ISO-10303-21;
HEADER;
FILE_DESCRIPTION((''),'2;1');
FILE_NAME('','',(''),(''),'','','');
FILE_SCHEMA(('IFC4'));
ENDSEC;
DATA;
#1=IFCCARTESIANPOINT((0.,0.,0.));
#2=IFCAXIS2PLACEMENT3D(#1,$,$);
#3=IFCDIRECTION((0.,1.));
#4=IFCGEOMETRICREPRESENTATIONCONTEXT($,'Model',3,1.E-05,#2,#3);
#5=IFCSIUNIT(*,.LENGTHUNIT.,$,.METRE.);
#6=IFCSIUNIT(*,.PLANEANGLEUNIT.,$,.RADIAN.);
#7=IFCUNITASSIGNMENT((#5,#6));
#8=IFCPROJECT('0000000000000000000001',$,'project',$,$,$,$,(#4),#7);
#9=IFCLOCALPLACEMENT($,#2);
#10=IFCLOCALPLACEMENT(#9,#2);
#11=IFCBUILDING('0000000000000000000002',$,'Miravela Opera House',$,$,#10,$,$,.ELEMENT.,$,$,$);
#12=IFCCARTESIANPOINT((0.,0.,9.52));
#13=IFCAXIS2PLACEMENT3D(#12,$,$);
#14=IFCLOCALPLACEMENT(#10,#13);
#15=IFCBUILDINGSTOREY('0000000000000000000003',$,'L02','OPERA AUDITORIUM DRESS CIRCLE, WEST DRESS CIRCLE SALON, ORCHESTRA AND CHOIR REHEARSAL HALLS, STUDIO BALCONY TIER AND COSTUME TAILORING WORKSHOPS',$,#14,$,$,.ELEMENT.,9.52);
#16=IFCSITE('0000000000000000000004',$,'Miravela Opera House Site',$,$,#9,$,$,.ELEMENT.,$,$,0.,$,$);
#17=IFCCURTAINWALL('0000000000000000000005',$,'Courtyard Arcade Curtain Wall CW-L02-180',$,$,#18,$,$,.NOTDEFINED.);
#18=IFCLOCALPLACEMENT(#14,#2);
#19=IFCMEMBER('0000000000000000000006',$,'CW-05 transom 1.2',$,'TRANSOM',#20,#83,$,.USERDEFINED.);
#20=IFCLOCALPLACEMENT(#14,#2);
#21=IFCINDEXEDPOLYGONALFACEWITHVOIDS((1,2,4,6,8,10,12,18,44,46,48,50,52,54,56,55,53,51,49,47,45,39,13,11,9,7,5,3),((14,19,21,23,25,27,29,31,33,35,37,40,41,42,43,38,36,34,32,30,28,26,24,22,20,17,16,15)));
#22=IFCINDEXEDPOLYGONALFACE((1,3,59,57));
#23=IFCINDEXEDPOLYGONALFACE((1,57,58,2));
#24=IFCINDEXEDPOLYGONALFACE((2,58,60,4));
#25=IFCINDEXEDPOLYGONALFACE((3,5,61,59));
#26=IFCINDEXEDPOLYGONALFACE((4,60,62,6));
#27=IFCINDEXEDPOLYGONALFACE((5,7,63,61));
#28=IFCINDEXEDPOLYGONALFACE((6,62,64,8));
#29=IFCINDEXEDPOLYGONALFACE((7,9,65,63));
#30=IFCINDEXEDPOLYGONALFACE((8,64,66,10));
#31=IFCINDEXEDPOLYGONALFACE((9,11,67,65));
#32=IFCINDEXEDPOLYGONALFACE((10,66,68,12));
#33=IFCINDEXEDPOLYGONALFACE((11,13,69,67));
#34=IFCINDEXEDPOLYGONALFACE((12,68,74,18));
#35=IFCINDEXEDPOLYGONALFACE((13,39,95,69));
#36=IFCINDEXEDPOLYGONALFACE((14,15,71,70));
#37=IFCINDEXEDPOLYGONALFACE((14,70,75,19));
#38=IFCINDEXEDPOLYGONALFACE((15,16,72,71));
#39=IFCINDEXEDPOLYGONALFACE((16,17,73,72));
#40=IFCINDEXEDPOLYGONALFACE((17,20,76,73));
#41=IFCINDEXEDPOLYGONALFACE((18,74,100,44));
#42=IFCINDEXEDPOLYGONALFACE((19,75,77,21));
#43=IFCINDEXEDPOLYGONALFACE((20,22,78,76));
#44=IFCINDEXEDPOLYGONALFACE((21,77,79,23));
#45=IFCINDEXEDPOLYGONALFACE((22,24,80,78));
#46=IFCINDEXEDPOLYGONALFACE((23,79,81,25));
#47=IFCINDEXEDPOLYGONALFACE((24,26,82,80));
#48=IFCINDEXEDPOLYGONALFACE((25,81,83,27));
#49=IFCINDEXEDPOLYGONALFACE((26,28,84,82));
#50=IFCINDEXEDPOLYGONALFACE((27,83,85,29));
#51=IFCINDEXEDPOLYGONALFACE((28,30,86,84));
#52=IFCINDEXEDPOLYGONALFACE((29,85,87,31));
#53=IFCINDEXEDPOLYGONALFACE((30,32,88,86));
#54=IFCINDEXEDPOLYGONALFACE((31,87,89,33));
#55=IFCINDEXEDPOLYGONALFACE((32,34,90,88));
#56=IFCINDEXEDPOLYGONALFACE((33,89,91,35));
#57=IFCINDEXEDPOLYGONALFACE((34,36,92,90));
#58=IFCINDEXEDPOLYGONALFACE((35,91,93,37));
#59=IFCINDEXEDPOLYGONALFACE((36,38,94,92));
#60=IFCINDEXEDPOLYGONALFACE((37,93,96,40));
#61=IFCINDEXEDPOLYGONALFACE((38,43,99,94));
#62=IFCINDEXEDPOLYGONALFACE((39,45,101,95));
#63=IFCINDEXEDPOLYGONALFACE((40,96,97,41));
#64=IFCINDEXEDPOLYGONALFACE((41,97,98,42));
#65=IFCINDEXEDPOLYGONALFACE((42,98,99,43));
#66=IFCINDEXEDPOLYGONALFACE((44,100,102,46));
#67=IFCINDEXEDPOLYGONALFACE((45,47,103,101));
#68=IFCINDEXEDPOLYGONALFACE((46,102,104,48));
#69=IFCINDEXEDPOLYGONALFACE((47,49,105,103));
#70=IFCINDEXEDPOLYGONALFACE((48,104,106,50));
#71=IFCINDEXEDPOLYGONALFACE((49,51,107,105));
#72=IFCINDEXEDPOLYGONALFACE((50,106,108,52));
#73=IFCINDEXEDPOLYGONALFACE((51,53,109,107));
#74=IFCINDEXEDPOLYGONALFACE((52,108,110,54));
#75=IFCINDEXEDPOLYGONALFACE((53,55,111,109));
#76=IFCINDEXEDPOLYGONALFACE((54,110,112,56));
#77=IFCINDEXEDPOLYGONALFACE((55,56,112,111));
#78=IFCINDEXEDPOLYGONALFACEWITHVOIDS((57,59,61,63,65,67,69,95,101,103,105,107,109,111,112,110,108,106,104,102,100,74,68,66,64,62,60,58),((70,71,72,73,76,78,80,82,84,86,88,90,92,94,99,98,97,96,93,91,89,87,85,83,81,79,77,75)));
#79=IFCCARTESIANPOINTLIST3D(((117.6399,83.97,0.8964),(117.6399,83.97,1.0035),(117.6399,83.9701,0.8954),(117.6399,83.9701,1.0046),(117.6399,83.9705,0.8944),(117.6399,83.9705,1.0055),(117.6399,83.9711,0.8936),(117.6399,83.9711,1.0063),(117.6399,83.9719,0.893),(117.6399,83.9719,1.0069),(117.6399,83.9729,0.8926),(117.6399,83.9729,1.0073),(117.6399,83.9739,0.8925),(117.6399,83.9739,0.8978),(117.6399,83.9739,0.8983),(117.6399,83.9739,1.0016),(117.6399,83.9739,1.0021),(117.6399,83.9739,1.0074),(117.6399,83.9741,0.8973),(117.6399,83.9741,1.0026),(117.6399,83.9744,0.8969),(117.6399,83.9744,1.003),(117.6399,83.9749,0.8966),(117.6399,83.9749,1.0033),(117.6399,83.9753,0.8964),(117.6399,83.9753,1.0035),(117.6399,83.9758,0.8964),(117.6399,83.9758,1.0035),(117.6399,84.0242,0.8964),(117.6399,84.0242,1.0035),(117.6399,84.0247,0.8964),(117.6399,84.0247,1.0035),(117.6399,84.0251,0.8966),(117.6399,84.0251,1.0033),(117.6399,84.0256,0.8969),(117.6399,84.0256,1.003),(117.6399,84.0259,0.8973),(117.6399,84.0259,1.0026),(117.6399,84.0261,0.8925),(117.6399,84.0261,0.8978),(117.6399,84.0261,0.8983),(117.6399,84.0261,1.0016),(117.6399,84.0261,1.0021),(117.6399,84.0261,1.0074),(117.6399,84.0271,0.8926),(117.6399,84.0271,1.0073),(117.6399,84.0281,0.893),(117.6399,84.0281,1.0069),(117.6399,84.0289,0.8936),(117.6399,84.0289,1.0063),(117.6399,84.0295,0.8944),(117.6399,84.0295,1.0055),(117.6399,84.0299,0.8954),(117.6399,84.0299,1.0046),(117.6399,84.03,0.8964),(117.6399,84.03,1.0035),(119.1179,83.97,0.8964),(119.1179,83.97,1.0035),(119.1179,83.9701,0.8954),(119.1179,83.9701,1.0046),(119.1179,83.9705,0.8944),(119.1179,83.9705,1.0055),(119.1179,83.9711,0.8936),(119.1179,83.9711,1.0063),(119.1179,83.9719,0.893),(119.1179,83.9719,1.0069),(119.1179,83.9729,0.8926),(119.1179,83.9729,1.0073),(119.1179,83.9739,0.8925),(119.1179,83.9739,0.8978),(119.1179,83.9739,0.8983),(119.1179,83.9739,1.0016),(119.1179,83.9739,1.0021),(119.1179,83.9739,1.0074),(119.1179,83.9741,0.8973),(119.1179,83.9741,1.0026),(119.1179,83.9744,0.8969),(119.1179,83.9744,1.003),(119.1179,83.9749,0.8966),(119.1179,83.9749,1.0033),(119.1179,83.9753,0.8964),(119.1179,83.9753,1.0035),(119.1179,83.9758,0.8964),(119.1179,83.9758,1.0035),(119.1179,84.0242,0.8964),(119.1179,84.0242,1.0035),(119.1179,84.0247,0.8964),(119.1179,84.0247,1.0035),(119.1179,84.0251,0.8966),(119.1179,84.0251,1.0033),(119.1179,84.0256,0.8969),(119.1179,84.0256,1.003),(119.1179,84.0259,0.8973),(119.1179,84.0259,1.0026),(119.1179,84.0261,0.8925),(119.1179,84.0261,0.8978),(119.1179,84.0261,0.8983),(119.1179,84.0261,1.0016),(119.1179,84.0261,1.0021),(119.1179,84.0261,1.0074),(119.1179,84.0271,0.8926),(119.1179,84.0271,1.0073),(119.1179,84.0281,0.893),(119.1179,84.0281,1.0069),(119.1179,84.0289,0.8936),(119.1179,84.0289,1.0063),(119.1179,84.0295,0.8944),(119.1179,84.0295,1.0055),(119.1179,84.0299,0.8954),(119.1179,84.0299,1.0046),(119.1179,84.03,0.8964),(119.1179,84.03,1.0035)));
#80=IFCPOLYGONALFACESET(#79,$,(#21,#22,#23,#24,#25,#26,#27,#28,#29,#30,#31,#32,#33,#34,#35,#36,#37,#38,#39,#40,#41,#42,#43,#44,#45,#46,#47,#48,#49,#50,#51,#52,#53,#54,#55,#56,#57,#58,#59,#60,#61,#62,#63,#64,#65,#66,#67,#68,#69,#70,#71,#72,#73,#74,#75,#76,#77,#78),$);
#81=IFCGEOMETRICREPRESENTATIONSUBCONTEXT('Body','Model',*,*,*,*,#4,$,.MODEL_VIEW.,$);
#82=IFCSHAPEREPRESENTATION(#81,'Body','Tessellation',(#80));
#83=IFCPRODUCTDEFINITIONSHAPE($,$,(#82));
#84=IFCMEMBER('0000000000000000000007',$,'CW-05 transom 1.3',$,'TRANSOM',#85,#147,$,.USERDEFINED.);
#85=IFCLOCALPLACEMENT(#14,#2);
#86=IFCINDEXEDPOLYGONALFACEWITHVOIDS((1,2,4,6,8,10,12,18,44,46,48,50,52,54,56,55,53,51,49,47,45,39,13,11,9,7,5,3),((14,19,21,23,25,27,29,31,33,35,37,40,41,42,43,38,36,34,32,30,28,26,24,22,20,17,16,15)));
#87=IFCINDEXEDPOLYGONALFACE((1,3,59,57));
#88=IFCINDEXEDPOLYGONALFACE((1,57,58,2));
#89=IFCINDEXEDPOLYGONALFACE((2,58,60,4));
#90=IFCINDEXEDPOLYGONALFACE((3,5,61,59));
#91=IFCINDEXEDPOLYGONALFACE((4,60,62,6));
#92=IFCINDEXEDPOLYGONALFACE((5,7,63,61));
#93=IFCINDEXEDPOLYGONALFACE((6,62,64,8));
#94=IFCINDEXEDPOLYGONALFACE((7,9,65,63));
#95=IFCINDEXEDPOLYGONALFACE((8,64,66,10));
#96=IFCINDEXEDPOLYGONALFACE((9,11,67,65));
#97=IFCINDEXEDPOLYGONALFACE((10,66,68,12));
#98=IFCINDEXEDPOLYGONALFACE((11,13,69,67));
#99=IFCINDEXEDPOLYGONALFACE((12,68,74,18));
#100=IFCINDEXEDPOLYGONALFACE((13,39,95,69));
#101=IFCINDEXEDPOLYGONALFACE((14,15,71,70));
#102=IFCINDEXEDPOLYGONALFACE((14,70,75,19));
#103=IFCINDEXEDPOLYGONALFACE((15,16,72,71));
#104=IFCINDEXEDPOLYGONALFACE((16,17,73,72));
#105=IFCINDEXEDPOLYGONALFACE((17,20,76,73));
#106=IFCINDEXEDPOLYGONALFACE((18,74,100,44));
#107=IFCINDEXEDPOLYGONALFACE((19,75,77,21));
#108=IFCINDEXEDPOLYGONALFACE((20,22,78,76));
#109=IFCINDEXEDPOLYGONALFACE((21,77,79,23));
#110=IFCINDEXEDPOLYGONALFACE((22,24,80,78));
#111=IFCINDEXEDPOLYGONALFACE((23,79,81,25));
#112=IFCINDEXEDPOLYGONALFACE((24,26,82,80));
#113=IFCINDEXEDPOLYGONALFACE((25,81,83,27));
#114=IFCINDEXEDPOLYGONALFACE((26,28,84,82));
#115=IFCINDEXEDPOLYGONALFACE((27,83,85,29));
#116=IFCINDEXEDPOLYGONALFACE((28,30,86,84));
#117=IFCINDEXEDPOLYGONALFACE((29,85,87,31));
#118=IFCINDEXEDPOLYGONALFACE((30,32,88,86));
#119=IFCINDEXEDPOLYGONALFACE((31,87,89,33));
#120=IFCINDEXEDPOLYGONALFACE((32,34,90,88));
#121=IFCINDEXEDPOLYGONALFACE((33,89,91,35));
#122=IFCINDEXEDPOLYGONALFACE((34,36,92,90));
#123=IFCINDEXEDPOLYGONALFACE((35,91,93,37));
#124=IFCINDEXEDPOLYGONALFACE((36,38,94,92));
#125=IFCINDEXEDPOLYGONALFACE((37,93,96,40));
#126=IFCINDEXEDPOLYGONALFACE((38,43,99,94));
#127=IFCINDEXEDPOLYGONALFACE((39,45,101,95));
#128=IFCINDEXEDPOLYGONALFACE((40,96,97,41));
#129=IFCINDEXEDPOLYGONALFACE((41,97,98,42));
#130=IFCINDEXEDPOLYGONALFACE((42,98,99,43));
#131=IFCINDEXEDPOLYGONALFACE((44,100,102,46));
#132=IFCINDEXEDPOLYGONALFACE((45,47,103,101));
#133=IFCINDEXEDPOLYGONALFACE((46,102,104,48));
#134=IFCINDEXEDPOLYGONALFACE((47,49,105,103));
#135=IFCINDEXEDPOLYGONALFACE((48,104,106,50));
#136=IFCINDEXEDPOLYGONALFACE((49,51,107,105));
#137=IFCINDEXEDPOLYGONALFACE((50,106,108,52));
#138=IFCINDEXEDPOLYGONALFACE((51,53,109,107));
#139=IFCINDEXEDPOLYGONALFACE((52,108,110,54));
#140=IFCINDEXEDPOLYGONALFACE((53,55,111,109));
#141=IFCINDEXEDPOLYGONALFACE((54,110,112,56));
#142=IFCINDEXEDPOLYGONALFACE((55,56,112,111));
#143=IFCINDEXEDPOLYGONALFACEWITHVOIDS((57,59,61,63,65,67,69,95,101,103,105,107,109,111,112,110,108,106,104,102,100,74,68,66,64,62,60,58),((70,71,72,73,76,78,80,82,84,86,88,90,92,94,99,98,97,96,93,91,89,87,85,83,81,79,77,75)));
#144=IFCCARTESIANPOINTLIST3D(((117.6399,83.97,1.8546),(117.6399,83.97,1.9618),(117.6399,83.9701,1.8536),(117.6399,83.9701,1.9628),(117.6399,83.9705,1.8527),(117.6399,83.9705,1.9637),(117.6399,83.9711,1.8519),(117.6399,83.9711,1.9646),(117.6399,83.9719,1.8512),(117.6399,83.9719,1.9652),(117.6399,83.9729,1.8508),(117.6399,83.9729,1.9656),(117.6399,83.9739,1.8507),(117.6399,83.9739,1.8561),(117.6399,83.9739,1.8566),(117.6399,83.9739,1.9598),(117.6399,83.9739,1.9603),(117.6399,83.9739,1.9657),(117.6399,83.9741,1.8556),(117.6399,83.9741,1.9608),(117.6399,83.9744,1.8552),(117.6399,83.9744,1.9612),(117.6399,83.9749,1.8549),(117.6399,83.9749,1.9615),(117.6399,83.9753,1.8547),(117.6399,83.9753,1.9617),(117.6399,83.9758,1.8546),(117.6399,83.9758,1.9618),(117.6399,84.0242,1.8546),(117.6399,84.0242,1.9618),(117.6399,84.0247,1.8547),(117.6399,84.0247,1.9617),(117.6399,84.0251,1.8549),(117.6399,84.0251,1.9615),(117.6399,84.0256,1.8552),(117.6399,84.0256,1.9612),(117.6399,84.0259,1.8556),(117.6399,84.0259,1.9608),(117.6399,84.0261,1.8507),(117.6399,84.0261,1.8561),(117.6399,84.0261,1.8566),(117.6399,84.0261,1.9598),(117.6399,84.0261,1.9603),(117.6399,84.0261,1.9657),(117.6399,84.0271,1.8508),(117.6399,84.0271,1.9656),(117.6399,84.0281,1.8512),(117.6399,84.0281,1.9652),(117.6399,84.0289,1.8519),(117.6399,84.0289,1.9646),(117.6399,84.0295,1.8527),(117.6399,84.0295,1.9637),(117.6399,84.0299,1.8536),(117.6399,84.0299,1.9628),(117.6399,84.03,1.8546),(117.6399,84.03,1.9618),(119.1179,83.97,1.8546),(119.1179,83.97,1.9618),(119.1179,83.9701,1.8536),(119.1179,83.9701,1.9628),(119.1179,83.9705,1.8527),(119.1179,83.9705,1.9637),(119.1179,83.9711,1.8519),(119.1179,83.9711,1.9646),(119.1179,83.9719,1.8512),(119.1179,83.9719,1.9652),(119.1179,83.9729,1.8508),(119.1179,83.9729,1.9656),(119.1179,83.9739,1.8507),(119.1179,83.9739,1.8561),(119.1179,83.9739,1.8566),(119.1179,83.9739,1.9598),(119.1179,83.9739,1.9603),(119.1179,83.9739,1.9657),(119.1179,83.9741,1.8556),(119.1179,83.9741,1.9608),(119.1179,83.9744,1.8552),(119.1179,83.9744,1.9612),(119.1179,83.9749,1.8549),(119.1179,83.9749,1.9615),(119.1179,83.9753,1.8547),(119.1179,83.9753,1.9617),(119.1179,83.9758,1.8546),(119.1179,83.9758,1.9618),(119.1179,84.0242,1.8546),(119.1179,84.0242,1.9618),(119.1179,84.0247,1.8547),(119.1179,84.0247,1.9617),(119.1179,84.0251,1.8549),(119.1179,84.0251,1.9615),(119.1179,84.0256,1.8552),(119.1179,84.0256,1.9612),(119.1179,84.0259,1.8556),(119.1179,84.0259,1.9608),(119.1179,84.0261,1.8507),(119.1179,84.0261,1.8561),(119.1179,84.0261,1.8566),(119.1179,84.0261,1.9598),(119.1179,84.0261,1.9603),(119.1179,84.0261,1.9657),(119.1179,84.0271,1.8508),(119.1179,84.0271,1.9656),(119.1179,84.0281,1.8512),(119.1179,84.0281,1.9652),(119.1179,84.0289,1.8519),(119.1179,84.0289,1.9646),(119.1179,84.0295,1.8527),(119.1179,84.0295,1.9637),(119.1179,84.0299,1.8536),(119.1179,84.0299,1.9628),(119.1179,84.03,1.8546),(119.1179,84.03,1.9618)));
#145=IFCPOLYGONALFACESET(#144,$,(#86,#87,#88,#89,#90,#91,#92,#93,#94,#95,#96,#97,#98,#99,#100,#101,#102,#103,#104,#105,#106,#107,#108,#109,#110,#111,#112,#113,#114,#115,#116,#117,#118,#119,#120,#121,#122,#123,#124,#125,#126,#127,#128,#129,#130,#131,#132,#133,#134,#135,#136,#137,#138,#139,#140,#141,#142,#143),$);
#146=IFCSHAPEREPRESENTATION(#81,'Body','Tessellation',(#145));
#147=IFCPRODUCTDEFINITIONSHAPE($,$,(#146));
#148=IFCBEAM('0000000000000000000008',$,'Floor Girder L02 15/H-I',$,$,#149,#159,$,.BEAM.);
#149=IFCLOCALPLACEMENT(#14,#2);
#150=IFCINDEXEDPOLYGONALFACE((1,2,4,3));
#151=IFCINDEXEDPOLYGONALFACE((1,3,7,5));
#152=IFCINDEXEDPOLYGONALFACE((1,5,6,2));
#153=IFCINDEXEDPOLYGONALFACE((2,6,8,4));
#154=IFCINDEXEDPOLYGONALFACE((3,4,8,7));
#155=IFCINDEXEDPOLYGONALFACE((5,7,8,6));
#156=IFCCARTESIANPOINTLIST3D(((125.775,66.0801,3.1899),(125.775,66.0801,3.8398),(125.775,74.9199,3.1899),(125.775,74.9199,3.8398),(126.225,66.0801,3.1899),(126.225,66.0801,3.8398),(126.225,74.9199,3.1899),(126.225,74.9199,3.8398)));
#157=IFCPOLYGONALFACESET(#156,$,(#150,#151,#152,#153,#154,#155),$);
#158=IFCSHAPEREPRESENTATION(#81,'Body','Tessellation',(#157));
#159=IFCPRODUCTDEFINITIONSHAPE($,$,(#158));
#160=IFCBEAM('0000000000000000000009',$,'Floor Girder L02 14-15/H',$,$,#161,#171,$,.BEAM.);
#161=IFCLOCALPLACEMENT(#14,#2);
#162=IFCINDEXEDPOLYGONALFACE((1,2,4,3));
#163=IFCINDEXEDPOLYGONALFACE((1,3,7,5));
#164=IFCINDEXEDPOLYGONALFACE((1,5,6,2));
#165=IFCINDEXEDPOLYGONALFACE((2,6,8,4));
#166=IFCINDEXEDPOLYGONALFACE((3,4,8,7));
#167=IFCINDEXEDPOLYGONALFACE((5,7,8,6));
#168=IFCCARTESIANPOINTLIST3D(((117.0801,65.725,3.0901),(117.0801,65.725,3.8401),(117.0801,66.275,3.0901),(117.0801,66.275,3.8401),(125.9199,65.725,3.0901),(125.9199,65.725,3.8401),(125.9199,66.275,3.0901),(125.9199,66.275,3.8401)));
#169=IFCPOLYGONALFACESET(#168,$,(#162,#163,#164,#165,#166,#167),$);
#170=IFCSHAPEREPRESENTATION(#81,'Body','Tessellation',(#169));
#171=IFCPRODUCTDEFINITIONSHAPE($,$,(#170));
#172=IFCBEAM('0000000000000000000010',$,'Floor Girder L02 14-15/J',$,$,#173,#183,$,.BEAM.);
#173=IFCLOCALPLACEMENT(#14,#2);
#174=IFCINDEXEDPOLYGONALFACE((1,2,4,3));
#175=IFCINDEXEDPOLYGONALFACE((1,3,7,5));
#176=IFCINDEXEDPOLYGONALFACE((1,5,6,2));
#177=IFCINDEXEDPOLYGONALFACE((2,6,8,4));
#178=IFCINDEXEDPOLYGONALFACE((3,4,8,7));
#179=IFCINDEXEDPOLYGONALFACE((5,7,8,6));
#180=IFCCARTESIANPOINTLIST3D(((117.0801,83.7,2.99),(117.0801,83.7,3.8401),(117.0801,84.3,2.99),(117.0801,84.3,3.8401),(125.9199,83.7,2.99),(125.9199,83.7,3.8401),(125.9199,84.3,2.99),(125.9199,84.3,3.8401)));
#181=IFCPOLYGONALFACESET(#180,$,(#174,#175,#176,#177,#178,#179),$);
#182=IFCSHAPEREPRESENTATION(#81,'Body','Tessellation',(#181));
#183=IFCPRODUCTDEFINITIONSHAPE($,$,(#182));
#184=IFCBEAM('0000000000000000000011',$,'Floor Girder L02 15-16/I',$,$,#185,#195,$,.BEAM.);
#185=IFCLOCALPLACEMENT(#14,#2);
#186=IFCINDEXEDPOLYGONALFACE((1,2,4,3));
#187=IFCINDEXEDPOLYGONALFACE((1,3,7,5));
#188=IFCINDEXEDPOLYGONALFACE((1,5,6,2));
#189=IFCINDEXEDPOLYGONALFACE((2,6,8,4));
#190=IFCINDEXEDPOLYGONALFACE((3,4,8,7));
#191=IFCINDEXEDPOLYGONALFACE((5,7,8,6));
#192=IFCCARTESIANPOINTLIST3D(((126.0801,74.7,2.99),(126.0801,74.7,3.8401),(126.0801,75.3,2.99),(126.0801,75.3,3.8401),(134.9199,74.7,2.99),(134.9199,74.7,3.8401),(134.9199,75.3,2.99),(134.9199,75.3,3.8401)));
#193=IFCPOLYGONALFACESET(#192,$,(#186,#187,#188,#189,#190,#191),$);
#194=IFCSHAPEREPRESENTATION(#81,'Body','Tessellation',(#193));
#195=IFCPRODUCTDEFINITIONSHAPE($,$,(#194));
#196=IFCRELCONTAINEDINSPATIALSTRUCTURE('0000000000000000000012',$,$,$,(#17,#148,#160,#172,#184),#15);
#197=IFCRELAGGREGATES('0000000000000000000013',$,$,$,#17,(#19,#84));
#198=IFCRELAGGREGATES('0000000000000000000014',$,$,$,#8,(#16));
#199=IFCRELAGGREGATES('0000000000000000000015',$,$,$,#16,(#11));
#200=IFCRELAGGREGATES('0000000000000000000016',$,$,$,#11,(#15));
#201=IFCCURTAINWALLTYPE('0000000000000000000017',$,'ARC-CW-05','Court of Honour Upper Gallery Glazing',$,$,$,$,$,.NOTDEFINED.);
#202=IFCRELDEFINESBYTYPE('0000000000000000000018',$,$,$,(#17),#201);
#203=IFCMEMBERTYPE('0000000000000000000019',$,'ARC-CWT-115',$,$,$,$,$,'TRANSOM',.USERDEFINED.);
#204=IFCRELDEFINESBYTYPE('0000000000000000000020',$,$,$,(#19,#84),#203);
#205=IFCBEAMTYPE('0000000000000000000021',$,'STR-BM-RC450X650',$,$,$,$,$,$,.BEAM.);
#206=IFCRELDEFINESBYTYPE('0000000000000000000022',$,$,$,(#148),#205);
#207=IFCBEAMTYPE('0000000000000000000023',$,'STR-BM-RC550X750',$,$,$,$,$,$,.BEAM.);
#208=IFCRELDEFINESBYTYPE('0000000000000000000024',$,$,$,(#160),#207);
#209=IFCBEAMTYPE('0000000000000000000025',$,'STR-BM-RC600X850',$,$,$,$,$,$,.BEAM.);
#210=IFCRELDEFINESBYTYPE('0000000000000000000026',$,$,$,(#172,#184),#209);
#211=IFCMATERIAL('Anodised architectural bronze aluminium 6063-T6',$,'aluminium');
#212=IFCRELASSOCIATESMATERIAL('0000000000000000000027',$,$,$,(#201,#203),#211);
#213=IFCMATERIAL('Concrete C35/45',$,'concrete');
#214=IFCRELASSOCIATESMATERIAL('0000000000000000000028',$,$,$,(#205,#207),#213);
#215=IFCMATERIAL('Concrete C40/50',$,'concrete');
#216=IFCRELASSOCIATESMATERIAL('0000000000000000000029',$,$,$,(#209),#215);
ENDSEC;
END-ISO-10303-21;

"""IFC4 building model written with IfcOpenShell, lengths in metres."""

from ifc_helpers import new_model, si_unit, direction, frame, origin, origin_2d, place, context, subcontext, project, spatial, rectangle, hollow_rectangle, extrude, material, material_profile, profile_set, type_object, element, aggregate, save


model = new_model("IFC4")

# Units and contexts
model_context = context("Model", 3, precision=1e-05, world=origin(), true_north=direction((0.0, 1.0)))
body_context = subcontext(model_context, "Body", "Model", "MODEL_VIEW")
ifc_project = project(units=[si_unit("LENGTHUNIT", "METRE"), si_unit("PLANEANGLEUNIT", "RADIAN")], contexts=[model_context])

# Site, building, storey
site_placement = place(None, origin())
site = spatial("IfcSite", under=ifc_project, at=site_placement, Name="Miravela Opera House Site", CompositionType="ELEMENT", RefElevation=0.0)
building_placement = place(site_placement, origin())
building = spatial("IfcBuilding", under=site, at=building_placement, Name="Miravela Opera House", CompositionType="ELEMENT")
storey_placement = place(building_placement, frame((0.0, 0.0, 9.52)))
storey = spatial("IfcBuildingStorey", under=building, at=storey_placement, Name="L02", Description="OPERA AUDITORIUM DRESS CIRCLE, WEST DRESS CIRCLE SALON, ORCHESTRA AND CHOIR REHEARSAL HALLS, STUDIO BALCONY TIER AND COSTUME TAILORING WORKSHOPS", CompositionType="ELEMENT", Elevation=9.52)

# Shared definitions
ifc_material_1 = material(Name="Concrete C35/45", Category="concrete")

# Curtain wall, members
ifc_material_2 = material(Name="Anodised architectural bronze aluminium 6063-T6", Category="aluminium")
curtain_wall_type = type_object("IfcCurtainWallType", Name="ARC-CW-05", Description="Court of Honour Upper Gallery Glazing", PredefinedType="NOTDEFINED", material=ifc_material_2)
curtain_wall_placement = place(storey_placement, origin())
curtain_wall = element("IfcCurtainWall", 1, at=curtain_wall_placement, inside=storey, type_object=curtain_wall_type, Name="Courtyard Arcade Curtain Wall CW-L02-180", PredefinedType="NOTDEFINED")
ifc_material_profile_1 = material_profile(ifc_material_2, hollow_rectangle(XDim=0.0601, YDim=0.115, WallThickness=0.0039, InnerFilletRadius=0.002, OuterFilletRadius=0.0039, at=origin_2d()), Name="CWT-60X115")
ifc_profile_set_1 = profile_set([ifc_material_profile_1])
member_type_1 = type_object("IfcMemberType", Name="ARC-CWT-115", ElementType="TRANSOM", PredefinedType="USERDEFINED", material=ifc_profile_set_1)
member_1_placement = place(storey_placement, frame((117.6399, 84.0, 0.95), z_axis=(1.0, 0.0, 0.0), x_axis=(0.0, 1.0, 0.0)))
member_1 = element("IfcMember", 2, at=member_1_placement, type_object=member_type_1, Name="CW-05 transom 1.2", ObjectType="TRANSOM", PredefinedType="USERDEFINED", context=body_context, shape_type="SweptSolid", body=[
    extrude(hollow_rectangle(XDim=0.0601, YDim=0.115, WallThickness=0.0039, InnerFilletRadius=0.002, OuterFilletRadius=0.0039, at=origin_2d()), origin(), (0.0, 0.0, 1.0), 1.478),
])
member_2_placement = place(storey_placement, frame((117.6399, 84.0, 1.9082), z_axis=(1.0, 0.0, 0.0), x_axis=(0.0, 1.0, 0.0)))
member_2 = element("IfcMember", 3, at=member_2_placement, type_object=member_type_1, Name="CW-05 transom 1.3", ObjectType="TRANSOM", PredefinedType="USERDEFINED", context=body_context, shape_type="SweptSolid", body=[
    extrude(hollow_rectangle(XDim=0.0601, YDim=0.115, WallThickness=0.0039, InnerFilletRadius=0.002, OuterFilletRadius=0.0039, at=origin_2d()), origin(), (0.0, 0.0, 1.0), 1.478),
])
aggregate(curtain_wall, [member_1, member_2])

# Beams
ifc_material_profile_2 = material_profile(ifc_material_1, rectangle(XDim=0.45, YDim=0.6499, at=origin_2d()), Name="RC-BM-450X650")
ifc_profile_set_2 = profile_set([ifc_material_profile_2])
beam_type_1 = type_object("IfcBeamType", Name="STR-BM-RC450X650", PredefinedType="BEAM", material=ifc_profile_set_2)
beam_1_placement = place(storey_placement, frame((126.0, 66.0801, 3.5149), z_axis=(0.0, 1.0, 0.0), x_axis=(-1.0, 0.0, 0.0)))
element("IfcBeam", 4, at=beam_1_placement, inside=storey, type_object=beam_type_1, Name="Floor Girder L02 15/H-I", PredefinedType="BEAM", context=body_context, shape_type="SweptSolid", body=[
    extrude(rectangle(XDim=0.45, YDim=0.6499, at=origin_2d()), origin(), (0.0, 0.0, 1.0), 8.8398),
])
ifc_material_profile_3 = material_profile(ifc_material_1, rectangle(XDim=0.55, YDim=0.75, at=origin_2d()), Name="RC-BM-550X750")
ifc_profile_set_3 = profile_set([ifc_material_profile_3])
beam_type_2 = type_object("IfcBeamType", Name="STR-BM-RC550X750", PredefinedType="BEAM", material=ifc_profile_set_3)
beam_2_placement = place(storey_placement, frame((117.0801, 66.0, 3.4651), z_axis=(1.0, 0.0, 0.0), x_axis=(0.0, 1.0, 0.0)))
element("IfcBeam", 5, at=beam_2_placement, inside=storey, type_object=beam_type_2, Name="Floor Girder L02 14-15/H", PredefinedType="BEAM", context=body_context, shape_type="SweptSolid", body=[
    extrude(rectangle(XDim=0.55, YDim=0.75, at=origin_2d()), origin(), (0.0, 0.0, 1.0), 8.8398),
])
ifc_material_3 = material(Name="Concrete C40/50", Category="concrete")
ifc_material_profile_4 = material_profile(ifc_material_3, rectangle(XDim=0.6001, YDim=0.8501, at=origin_2d()), Name="RC-BM-600X850")
ifc_profile_set_4 = profile_set([ifc_material_profile_4])
beam_type_3 = type_object("IfcBeamType", Name="STR-BM-RC600X850", PredefinedType="BEAM", material=ifc_profile_set_4)
for number, where, z_axis, x_axis, name in (
    (6, (117.0801, 84.0, 3.415), (1.0, 0.0, 0.0), (0.0, 1.0, 0.0), "Floor Girder L02 14-15/J"),
    (7, (126.0801, 75.0, 3.415), (1.0, 0.0, 0.0), (0.0, 1.0, 0.0), "Floor Girder L02 15-16/I"),
):
    element("IfcBeam", number, at=place(storey_placement, frame(where, z_axis=z_axis, x_axis=x_axis)), inside=storey, type_object=beam_type_3, Name=name, PredefinedType="BEAM", context=body_context, shape_type="SweptSolid", body=[
        extrude(rectangle(XDim=0.6001, YDim=0.8501, at=origin_2d()), origin(), (0.0, 0.0, 1.0), 8.8398),
    ])

save(model, "model.ifc")
